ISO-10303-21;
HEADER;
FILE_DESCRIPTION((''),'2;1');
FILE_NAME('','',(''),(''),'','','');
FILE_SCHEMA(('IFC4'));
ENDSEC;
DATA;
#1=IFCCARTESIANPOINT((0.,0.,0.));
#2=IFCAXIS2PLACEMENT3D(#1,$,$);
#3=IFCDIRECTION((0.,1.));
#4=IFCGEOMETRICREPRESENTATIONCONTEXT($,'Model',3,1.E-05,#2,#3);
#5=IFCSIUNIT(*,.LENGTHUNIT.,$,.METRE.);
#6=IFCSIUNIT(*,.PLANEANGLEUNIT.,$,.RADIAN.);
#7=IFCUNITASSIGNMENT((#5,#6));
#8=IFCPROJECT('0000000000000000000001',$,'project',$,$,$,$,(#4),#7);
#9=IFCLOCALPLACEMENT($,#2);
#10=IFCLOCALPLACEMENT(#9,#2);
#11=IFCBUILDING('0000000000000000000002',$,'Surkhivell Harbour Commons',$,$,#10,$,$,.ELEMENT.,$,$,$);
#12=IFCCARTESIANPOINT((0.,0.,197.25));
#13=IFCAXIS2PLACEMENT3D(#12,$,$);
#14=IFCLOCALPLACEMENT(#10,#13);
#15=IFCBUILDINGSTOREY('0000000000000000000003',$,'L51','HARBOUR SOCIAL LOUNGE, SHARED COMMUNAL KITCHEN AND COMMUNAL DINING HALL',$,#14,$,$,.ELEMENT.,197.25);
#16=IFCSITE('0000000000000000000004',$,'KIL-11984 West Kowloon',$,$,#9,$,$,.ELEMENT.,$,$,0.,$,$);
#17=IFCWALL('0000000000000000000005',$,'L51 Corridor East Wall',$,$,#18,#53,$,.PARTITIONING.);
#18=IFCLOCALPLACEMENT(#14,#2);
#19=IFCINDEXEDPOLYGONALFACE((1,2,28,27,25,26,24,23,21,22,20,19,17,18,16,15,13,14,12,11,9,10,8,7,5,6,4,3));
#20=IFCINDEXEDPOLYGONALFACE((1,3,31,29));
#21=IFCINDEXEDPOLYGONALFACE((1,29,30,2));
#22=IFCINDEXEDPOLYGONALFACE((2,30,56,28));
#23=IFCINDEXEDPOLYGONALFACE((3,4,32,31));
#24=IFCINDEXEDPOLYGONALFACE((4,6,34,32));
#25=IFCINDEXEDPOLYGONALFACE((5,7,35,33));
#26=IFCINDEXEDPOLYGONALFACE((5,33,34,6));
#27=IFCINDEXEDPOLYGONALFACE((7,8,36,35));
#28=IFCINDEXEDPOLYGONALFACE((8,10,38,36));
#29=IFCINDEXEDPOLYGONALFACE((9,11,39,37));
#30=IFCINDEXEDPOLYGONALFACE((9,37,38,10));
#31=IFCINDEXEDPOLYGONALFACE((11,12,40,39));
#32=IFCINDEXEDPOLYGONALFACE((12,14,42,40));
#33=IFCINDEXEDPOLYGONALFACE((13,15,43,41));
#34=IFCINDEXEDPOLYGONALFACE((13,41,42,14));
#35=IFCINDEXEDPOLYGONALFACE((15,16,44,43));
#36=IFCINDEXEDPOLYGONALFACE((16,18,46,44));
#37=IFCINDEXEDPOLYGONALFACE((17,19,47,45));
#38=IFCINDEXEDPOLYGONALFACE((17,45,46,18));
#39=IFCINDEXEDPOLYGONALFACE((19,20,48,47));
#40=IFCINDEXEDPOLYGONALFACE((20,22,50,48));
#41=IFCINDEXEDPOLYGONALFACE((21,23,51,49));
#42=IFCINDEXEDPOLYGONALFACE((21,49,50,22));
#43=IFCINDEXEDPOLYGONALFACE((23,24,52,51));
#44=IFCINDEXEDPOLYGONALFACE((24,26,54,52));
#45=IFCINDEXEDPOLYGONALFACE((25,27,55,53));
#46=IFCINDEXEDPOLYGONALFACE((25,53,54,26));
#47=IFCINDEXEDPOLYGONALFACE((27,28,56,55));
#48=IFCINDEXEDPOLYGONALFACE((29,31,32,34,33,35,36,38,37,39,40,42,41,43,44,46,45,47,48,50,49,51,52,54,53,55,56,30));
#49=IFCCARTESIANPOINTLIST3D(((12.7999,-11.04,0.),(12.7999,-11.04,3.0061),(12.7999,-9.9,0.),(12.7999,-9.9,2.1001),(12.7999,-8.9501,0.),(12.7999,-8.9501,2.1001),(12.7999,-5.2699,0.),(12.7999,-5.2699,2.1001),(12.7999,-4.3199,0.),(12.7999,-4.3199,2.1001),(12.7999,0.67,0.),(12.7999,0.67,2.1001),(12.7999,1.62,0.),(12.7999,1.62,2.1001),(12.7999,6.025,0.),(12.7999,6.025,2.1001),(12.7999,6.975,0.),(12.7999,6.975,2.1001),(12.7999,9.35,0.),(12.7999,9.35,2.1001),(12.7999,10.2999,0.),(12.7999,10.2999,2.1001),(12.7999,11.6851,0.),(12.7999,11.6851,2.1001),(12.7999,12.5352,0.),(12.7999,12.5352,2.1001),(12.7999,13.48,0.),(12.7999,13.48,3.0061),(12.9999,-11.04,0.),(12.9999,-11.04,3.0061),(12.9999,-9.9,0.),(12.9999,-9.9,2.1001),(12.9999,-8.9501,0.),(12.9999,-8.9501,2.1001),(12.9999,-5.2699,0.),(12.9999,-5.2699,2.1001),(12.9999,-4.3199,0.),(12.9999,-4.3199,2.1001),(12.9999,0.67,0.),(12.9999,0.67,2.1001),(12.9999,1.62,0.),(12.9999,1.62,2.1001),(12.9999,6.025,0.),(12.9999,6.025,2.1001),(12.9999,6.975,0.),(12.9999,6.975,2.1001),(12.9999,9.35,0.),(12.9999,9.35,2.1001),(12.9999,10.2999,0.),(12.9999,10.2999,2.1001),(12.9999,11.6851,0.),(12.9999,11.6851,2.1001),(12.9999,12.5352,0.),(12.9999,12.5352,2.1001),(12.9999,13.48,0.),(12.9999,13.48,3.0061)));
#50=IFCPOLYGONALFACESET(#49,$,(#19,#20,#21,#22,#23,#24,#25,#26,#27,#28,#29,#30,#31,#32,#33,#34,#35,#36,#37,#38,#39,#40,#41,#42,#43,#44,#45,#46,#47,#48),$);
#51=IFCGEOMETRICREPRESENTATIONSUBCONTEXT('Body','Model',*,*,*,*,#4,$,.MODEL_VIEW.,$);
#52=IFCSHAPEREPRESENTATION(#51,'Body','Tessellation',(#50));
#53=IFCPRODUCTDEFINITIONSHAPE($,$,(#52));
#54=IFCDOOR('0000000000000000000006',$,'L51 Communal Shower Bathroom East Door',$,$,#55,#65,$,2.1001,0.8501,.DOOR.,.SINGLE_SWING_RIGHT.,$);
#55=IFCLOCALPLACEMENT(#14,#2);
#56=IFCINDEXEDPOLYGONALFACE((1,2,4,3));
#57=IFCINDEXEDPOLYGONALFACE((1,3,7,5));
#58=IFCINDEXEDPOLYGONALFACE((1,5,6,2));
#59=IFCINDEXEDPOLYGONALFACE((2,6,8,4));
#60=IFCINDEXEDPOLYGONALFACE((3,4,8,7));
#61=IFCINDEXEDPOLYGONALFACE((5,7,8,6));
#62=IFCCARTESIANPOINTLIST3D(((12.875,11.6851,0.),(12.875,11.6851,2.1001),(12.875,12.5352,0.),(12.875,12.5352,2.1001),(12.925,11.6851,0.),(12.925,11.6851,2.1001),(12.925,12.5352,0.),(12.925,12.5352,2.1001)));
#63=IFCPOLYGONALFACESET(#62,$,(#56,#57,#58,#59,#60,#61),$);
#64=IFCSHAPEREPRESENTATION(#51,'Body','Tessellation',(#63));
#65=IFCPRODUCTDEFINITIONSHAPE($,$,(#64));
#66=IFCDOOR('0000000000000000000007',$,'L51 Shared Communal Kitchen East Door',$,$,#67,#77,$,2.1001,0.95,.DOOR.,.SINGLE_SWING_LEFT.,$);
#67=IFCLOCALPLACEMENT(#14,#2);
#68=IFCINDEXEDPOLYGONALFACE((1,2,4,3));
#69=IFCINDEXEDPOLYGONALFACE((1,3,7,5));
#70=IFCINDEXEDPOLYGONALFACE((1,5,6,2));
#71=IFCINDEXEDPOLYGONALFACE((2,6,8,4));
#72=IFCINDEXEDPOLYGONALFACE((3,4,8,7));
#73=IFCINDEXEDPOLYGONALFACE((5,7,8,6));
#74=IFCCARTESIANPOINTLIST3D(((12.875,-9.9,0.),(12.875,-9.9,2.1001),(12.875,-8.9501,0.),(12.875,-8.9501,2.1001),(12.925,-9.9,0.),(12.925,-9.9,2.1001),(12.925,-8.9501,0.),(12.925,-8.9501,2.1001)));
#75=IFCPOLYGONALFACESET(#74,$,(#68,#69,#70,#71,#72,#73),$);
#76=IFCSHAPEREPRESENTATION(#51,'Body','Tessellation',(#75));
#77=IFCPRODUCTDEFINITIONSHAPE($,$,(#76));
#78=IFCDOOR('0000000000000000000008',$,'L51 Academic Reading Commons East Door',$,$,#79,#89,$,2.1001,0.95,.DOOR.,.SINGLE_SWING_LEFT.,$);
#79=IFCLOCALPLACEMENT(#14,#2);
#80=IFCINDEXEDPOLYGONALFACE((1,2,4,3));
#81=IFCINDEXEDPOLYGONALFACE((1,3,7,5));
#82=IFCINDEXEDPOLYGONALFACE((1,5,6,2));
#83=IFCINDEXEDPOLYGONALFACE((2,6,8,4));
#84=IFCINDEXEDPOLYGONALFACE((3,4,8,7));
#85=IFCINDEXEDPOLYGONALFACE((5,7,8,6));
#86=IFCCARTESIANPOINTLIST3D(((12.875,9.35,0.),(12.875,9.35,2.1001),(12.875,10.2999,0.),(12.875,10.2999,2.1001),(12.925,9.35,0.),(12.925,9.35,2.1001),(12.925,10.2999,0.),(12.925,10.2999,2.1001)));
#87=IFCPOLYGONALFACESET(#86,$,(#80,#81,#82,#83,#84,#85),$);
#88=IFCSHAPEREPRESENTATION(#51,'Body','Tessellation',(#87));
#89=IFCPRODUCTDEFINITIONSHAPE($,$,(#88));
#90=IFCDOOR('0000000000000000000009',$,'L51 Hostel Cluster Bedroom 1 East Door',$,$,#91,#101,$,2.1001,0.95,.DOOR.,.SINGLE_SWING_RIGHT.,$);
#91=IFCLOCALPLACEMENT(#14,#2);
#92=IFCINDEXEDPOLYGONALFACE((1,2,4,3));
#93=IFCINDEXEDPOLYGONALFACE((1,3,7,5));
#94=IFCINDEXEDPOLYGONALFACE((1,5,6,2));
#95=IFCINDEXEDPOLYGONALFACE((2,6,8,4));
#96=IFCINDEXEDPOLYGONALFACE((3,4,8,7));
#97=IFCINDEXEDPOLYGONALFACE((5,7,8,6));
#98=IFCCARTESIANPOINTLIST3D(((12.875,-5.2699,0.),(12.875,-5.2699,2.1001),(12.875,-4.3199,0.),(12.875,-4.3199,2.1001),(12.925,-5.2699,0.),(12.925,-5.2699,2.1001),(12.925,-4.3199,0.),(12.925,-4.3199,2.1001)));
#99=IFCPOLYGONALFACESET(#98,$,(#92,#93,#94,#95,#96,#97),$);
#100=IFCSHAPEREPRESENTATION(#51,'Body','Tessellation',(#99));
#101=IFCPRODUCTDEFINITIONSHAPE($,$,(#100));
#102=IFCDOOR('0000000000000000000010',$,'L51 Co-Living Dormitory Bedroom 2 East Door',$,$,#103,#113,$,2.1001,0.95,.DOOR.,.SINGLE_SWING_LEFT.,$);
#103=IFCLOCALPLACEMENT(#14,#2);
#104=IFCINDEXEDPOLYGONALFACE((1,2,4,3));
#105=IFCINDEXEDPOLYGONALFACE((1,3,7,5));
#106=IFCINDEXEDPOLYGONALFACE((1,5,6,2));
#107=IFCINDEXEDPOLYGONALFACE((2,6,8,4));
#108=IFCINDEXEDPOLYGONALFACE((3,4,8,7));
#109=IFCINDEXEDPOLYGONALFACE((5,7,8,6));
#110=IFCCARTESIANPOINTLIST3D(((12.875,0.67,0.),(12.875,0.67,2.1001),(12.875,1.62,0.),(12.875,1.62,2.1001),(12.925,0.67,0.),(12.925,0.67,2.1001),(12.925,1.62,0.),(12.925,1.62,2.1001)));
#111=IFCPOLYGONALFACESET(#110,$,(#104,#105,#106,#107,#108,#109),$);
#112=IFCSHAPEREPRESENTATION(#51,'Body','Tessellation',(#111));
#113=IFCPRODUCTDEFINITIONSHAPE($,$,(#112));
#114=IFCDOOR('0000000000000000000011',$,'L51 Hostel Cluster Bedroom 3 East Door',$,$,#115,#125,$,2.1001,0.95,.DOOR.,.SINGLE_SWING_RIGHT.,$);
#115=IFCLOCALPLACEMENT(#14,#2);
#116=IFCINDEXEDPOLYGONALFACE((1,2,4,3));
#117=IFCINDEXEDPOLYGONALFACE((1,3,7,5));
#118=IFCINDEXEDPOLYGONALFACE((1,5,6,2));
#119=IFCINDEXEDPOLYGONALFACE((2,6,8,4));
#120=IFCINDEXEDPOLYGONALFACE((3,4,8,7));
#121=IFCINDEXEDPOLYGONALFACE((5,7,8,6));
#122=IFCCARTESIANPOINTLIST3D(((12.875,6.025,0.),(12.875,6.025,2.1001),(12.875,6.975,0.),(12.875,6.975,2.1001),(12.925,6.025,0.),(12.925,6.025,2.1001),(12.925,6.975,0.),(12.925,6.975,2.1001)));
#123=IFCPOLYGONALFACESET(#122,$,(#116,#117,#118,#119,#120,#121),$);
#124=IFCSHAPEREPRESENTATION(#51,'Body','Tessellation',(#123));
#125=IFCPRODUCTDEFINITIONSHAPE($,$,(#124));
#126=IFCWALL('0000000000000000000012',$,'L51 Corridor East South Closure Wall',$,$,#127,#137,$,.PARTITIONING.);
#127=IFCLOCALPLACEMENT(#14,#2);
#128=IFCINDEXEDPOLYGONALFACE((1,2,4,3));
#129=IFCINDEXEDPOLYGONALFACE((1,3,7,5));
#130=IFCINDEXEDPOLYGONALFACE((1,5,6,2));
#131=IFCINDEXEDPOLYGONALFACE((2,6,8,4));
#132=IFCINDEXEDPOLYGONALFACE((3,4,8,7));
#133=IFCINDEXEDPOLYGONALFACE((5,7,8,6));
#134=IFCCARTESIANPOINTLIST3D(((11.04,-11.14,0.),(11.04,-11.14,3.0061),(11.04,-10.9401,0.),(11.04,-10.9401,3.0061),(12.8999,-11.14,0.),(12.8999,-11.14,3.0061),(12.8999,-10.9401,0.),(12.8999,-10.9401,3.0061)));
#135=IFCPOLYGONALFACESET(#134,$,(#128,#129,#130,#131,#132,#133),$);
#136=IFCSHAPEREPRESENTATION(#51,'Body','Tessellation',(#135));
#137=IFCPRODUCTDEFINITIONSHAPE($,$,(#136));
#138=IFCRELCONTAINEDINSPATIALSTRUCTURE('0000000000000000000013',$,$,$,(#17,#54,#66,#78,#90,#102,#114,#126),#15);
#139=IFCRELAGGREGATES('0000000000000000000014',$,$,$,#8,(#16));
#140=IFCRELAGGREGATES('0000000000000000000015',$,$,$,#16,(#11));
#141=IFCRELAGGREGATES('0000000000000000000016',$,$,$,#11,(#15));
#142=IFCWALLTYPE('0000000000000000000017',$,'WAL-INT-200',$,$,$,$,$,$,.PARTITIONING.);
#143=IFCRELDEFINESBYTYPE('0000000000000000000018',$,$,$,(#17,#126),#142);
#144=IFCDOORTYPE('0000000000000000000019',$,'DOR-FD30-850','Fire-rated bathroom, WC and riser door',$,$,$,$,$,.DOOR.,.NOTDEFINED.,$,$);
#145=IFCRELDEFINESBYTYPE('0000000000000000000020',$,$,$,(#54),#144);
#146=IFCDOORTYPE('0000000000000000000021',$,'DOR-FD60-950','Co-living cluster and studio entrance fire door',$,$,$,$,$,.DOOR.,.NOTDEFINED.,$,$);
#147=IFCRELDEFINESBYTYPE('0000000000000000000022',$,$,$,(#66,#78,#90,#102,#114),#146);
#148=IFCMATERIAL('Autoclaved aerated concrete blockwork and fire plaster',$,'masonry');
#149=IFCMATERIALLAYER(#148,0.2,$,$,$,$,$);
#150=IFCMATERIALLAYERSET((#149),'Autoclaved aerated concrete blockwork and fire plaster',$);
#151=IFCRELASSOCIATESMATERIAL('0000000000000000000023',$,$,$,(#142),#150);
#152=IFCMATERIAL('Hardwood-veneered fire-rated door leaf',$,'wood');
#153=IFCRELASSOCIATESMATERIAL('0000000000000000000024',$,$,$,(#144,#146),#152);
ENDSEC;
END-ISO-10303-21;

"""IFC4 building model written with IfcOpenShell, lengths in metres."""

from ifc_helpers import new_model, si_unit, direction, frame, frame_2d, origin, place, context, subcontext, project, spatial, rectangle, extrude, material, layer, layer_set, type_object, element, fill, save


model = new_model("IFC4")

# Units and contexts
model_context = context("Model", 3, precision=1e-05, world=origin(), true_north=direction((0.0, 1.0)))
body_context = subcontext(model_context, "Body", "Model", "MODEL_VIEW")
ifc_project = project(units=[si_unit("LENGTHUNIT", "METRE"), si_unit("PLANEANGLEUNIT", "RADIAN")], contexts=[model_context])

# Site, building, storey
site_placement = place(None, origin())
site = spatial("IfcSite", under=ifc_project, at=site_placement, Name="KIL-11984 West Kowloon", CompositionType="ELEMENT", RefElevation=0.0)
building_placement = place(site_placement, origin())
building = spatial("IfcBuilding", under=site, at=building_placement, Name="Surkhivell Harbour Commons", CompositionType="ELEMENT")
storey_placement = place(building_placement, frame((0.0, 0.0, 197.25)))
storey = spatial("IfcBuildingStorey", under=building, at=storey_placement, Name="L51", Description="HARBOUR SOCIAL LOUNGE, SHARED COMMUNAL KITCHEN AND COMMUNAL DINING HALL", CompositionType="ELEMENT", Elevation=197.25)

# Wall, openings, doors
ifc_material_1 = material(Name="Autoclaved aerated concrete blockwork and fire plaster", Category="masonry")
ifc_layer_1 = layer(ifc_material_1, 0.2)
ifc_layer_set_1 = layer_set([ifc_layer_1], Name="Autoclaved aerated concrete blockwork and fire plaster")
wall_type_1 = type_object("IfcWallType", Name="WAL-INT-200", PredefinedType="PARTITIONING", material=ifc_layer_set_1)
wall_1_placement = place(storey_placement, frame((12.8999, -11.04, 0.0), z_axis=(0.0, 0.0, 1.0), x_axis=(0.0, 1.0, 0.0)))
wall_1 = element("IfcWall", 1, at=wall_1_placement, inside=storey, type_object=wall_type_1, Name="L51 Corridor East Wall", PredefinedType="PARTITIONING", context=body_context, shape_type="SweptSolid", body=[
    extrude(rectangle(XDim=24.52, YDim=0.2, at=frame_2d((12.26, 0.0))), origin(), (0.0, 0.0, 1.0), 3.0061),
])
opening_1_placement = place(wall_1_placement, frame((1.1399, 0.0, 0.0)))
opening_1 = element("IfcOpeningElement", 2, at=opening_1_placement, cuts=wall_1, PredefinedType="OPENING", context=body_context, shape_type="SweptSolid", body=[
    extrude(rectangle(XDim=0.95, YDim=2.1001, at=frame_2d((0.4751, 1.05))), frame((0.0, 0.1099, 0.0), z_axis=(0.0, -1.0, 0.0), x_axis=(1.0, 0.0, 0.0)), (0.0, 0.0, 1.0), 0.22),
])
opening_2_placement = place(wall_1_placement, frame((22.7251, 0.0, 0.0)))
opening_2 = element("IfcOpeningElement", 3, at=opening_2_placement, cuts=wall_1, PredefinedType="OPENING", context=body_context, shape_type="SweptSolid", body=[
    extrude(rectangle(XDim=0.8501, YDim=2.1001, at=frame_2d((0.425, 1.05))), frame((0.0, 0.1099, 0.0), z_axis=(0.0, -1.0, 0.0), x_axis=(1.0, 0.0, 0.0)), (0.0, 0.0, 1.0), 0.22),
])
opening_3_placement = place(wall_1_placement, frame((20.3899, 0.0, 0.0)))
opening_3 = element("IfcOpeningElement", 4, at=opening_3_placement, cuts=wall_1, PredefinedType="OPENING", context=body_context, shape_type="SweptSolid", body=[
    extrude(rectangle(XDim=0.95, YDim=2.1001, at=frame_2d((0.4751, 1.05))), frame((0.0, 0.1099, 0.0), z_axis=(0.0, -1.0, 0.0), x_axis=(1.0, 0.0, 0.0)), (0.0, 0.0, 1.0), 0.22),
])
opening_4_placement = place(wall_1_placement, frame((5.77, 0.0, 0.0)))
opening_4 = element("IfcOpeningElement", 5, at=opening_4_placement, cuts=wall_1, PredefinedType="OPENING", context=body_context, shape_type="SweptSolid", body=[
    extrude(rectangle(XDim=0.95, YDim=2.1001, at=frame_2d((0.4751, 1.05))), frame((0.0, 0.1099, 0.0), z_axis=(0.0, -1.0, 0.0), x_axis=(1.0, 0.0, 0.0)), (0.0, 0.0, 1.0), 0.22),
])
opening_5_placement = place(wall_1_placement, frame((11.71, 0.0, 0.0)))
opening_5 = element("IfcOpeningElement", 6, at=opening_5_placement, cuts=wall_1, PredefinedType="OPENING", context=body_context, shape_type="SweptSolid", body=[
    extrude(rectangle(XDim=0.95, YDim=2.1001, at=frame_2d((0.4751, 1.05))), frame((0.0, 0.1099, 0.0), z_axis=(0.0, -1.0, 0.0), x_axis=(1.0, 0.0, 0.0)), (0.0, 0.0, 1.0), 0.22),
])
opening_6_placement = place(wall_1_placement, frame((17.0649, 0.0, 0.0)))
opening_6 = element("IfcOpeningElement", 7, at=opening_6_placement, cuts=wall_1, PredefinedType="OPENING", context=body_context, shape_type="SweptSolid", body=[
    extrude(rectangle(XDim=0.95, YDim=2.1001, at=frame_2d((0.4751, 1.05))), frame((0.0, 0.1099, 0.0), z_axis=(0.0, -1.0, 0.0), x_axis=(1.0, 0.0, 0.0)), (0.0, 0.0, 1.0), 0.22),
])
ifc_material_2 = material(Name="Hardwood-veneered fire-rated door leaf", Category="wood")
door_type_1 = type_object("IfcDoorType", Name="DOR-FD30-850", Description="Fire-rated bathroom, WC and riser door", OperationType="NOTDEFINED", PredefinedType="DOOR", material=ifc_material_2)
door_1_placement = place(opening_2_placement, origin())
door_1 = element("IfcDoor", 8, at=door_1_placement, inside=storey, type_object=door_type_1, Name="L51 Communal Shower Bathroom East Door", OperationType="SINGLE_SWING_RIGHT", OverallHeight=2.1001, OverallWidth=0.8501, PredefinedType="DOOR", context=body_context, shape_type="SweptSolid", body=[
    extrude(rectangle(XDim=0.8501, YDim=2.1001, at=frame_2d((0.425, 1.05))), frame((0.0, 0.0249, 0.0), z_axis=(0.0, -1.0, 0.0), x_axis=(1.0, 0.0, 0.0)), (0.0, 0.0, 1.0), 0.05),
])
fill(opening_2, door_1)
door_type_2 = type_object("IfcDoorType", Name="DOR-FD60-950", Description="Co-living cluster and studio entrance fire door", OperationType="NOTDEFINED", PredefinedType="DOOR", material=ifc_material_2)
door_2_placement = place(opening_1_placement, origin())
door_2 = element("IfcDoor", 9, at=door_2_placement, inside=storey, type_object=door_type_2, Name="L51 Shared Communal Kitchen East Door", OperationType="SINGLE_SWING_LEFT", OverallHeight=2.1001, OverallWidth=0.95, PredefinedType="DOOR", context=body_context, shape_type="SweptSolid", body=[
    extrude(rectangle(XDim=0.95, YDim=2.1001, at=frame_2d((0.4751, 1.05))), frame((0.0, 0.0249, 0.0), z_axis=(0.0, -1.0, 0.0), x_axis=(1.0, 0.0, 0.0)), (0.0, 0.0, 1.0), 0.05),
])
fill(opening_1, door_2)
door_3_placement = place(opening_3_placement, origin())
door_3 = element("IfcDoor", 10, at=door_3_placement, inside=storey, type_object=door_type_2, Name="L51 Academic Reading Commons East Door", OperationType="SINGLE_SWING_LEFT", OverallHeight=2.1001, OverallWidth=0.95, PredefinedType="DOOR", context=body_context, shape_type="SweptSolid", body=[
    extrude(rectangle(XDim=0.95, YDim=2.1001, at=frame_2d((0.4751, 1.05))), frame((0.0, 0.0249, 0.0), z_axis=(0.0, -1.0, 0.0), x_axis=(1.0, 0.0, 0.0)), (0.0, 0.0, 1.0), 0.05),
])
fill(opening_3, door_3)
door_4_placement = place(opening_4_placement, origin())
door_4 = element("IfcDoor", 11, at=door_4_placement, inside=storey, type_object=door_type_2, Name="L51 Hostel Cluster Bedroom 1 East Door", OperationType="SINGLE_SWING_RIGHT", OverallHeight=2.1001, OverallWidth=0.95, PredefinedType="DOOR", context=body_context, shape_type="SweptSolid", body=[
    extrude(rectangle(XDim=0.95, YDim=2.1001, at=frame_2d((0.4751, 1.05))), frame((0.0, 0.0249, 0.0), z_axis=(0.0, -1.0, 0.0), x_axis=(1.0, 0.0, 0.0)), (0.0, 0.0, 1.0), 0.05),
])
fill(opening_4, door_4)
door_5_placement = place(opening_5_placement, origin())
door_5 = element("IfcDoor", 12, at=door_5_placement, inside=storey, type_object=door_type_2, Name="L51 Co-Living Dormitory Bedroom 2 East Door", OperationType="SINGLE_SWING_LEFT", OverallHeight=2.1001, OverallWidth=0.95, PredefinedType="DOOR", context=body_context, shape_type="SweptSolid", body=[
    extrude(rectangle(XDim=0.95, YDim=2.1001, at=frame_2d((0.4751, 1.05))), frame((0.0, 0.0249, 0.0), z_axis=(0.0, -1.0, 0.0), x_axis=(1.0, 0.0, 0.0)), (0.0, 0.0, 1.0), 0.05),
])
fill(opening_5, door_5)
door_6_placement = place(opening_6_placement, origin())
door_6 = element("IfcDoor", 13, at=door_6_placement, inside=storey, type_object=door_type_2, Name="L51 Hostel Cluster Bedroom 3 East Door", OperationType="SINGLE_SWING_RIGHT", OverallHeight=2.1001, OverallWidth=0.95, PredefinedType="DOOR", context=body_context, shape_type="SweptSolid", body=[
    extrude(rectangle(XDim=0.95, YDim=2.1001, at=frame_2d((0.4751, 1.05))), frame((0.0, 0.0249, 0.0), z_axis=(0.0, -1.0, 0.0), x_axis=(1.0, 0.0, 0.0)), (0.0, 0.0, 1.0), 0.05),
])
fill(opening_6, door_6)

# Wall
wall_2_placement = place(storey_placement, frame((11.04, -11.04, 0.0), z_axis=(0.0, 0.0, 1.0), x_axis=(1.0, 0.0, 0.0)))
element("IfcWall", 14, at=wall_2_placement, inside=storey, type_object=wall_type_1, Name="L51 Corridor East South Closure Wall", PredefinedType="PARTITIONING", context=body_context, shape_type="SweptSolid", body=[
    extrude(rectangle(XDim=1.8599, YDim=0.2, at=frame_2d((0.9299, 0.0))), origin(), (0.0, 0.0, 1.0), 3.0061),
])

save(model, "model.ifc")
